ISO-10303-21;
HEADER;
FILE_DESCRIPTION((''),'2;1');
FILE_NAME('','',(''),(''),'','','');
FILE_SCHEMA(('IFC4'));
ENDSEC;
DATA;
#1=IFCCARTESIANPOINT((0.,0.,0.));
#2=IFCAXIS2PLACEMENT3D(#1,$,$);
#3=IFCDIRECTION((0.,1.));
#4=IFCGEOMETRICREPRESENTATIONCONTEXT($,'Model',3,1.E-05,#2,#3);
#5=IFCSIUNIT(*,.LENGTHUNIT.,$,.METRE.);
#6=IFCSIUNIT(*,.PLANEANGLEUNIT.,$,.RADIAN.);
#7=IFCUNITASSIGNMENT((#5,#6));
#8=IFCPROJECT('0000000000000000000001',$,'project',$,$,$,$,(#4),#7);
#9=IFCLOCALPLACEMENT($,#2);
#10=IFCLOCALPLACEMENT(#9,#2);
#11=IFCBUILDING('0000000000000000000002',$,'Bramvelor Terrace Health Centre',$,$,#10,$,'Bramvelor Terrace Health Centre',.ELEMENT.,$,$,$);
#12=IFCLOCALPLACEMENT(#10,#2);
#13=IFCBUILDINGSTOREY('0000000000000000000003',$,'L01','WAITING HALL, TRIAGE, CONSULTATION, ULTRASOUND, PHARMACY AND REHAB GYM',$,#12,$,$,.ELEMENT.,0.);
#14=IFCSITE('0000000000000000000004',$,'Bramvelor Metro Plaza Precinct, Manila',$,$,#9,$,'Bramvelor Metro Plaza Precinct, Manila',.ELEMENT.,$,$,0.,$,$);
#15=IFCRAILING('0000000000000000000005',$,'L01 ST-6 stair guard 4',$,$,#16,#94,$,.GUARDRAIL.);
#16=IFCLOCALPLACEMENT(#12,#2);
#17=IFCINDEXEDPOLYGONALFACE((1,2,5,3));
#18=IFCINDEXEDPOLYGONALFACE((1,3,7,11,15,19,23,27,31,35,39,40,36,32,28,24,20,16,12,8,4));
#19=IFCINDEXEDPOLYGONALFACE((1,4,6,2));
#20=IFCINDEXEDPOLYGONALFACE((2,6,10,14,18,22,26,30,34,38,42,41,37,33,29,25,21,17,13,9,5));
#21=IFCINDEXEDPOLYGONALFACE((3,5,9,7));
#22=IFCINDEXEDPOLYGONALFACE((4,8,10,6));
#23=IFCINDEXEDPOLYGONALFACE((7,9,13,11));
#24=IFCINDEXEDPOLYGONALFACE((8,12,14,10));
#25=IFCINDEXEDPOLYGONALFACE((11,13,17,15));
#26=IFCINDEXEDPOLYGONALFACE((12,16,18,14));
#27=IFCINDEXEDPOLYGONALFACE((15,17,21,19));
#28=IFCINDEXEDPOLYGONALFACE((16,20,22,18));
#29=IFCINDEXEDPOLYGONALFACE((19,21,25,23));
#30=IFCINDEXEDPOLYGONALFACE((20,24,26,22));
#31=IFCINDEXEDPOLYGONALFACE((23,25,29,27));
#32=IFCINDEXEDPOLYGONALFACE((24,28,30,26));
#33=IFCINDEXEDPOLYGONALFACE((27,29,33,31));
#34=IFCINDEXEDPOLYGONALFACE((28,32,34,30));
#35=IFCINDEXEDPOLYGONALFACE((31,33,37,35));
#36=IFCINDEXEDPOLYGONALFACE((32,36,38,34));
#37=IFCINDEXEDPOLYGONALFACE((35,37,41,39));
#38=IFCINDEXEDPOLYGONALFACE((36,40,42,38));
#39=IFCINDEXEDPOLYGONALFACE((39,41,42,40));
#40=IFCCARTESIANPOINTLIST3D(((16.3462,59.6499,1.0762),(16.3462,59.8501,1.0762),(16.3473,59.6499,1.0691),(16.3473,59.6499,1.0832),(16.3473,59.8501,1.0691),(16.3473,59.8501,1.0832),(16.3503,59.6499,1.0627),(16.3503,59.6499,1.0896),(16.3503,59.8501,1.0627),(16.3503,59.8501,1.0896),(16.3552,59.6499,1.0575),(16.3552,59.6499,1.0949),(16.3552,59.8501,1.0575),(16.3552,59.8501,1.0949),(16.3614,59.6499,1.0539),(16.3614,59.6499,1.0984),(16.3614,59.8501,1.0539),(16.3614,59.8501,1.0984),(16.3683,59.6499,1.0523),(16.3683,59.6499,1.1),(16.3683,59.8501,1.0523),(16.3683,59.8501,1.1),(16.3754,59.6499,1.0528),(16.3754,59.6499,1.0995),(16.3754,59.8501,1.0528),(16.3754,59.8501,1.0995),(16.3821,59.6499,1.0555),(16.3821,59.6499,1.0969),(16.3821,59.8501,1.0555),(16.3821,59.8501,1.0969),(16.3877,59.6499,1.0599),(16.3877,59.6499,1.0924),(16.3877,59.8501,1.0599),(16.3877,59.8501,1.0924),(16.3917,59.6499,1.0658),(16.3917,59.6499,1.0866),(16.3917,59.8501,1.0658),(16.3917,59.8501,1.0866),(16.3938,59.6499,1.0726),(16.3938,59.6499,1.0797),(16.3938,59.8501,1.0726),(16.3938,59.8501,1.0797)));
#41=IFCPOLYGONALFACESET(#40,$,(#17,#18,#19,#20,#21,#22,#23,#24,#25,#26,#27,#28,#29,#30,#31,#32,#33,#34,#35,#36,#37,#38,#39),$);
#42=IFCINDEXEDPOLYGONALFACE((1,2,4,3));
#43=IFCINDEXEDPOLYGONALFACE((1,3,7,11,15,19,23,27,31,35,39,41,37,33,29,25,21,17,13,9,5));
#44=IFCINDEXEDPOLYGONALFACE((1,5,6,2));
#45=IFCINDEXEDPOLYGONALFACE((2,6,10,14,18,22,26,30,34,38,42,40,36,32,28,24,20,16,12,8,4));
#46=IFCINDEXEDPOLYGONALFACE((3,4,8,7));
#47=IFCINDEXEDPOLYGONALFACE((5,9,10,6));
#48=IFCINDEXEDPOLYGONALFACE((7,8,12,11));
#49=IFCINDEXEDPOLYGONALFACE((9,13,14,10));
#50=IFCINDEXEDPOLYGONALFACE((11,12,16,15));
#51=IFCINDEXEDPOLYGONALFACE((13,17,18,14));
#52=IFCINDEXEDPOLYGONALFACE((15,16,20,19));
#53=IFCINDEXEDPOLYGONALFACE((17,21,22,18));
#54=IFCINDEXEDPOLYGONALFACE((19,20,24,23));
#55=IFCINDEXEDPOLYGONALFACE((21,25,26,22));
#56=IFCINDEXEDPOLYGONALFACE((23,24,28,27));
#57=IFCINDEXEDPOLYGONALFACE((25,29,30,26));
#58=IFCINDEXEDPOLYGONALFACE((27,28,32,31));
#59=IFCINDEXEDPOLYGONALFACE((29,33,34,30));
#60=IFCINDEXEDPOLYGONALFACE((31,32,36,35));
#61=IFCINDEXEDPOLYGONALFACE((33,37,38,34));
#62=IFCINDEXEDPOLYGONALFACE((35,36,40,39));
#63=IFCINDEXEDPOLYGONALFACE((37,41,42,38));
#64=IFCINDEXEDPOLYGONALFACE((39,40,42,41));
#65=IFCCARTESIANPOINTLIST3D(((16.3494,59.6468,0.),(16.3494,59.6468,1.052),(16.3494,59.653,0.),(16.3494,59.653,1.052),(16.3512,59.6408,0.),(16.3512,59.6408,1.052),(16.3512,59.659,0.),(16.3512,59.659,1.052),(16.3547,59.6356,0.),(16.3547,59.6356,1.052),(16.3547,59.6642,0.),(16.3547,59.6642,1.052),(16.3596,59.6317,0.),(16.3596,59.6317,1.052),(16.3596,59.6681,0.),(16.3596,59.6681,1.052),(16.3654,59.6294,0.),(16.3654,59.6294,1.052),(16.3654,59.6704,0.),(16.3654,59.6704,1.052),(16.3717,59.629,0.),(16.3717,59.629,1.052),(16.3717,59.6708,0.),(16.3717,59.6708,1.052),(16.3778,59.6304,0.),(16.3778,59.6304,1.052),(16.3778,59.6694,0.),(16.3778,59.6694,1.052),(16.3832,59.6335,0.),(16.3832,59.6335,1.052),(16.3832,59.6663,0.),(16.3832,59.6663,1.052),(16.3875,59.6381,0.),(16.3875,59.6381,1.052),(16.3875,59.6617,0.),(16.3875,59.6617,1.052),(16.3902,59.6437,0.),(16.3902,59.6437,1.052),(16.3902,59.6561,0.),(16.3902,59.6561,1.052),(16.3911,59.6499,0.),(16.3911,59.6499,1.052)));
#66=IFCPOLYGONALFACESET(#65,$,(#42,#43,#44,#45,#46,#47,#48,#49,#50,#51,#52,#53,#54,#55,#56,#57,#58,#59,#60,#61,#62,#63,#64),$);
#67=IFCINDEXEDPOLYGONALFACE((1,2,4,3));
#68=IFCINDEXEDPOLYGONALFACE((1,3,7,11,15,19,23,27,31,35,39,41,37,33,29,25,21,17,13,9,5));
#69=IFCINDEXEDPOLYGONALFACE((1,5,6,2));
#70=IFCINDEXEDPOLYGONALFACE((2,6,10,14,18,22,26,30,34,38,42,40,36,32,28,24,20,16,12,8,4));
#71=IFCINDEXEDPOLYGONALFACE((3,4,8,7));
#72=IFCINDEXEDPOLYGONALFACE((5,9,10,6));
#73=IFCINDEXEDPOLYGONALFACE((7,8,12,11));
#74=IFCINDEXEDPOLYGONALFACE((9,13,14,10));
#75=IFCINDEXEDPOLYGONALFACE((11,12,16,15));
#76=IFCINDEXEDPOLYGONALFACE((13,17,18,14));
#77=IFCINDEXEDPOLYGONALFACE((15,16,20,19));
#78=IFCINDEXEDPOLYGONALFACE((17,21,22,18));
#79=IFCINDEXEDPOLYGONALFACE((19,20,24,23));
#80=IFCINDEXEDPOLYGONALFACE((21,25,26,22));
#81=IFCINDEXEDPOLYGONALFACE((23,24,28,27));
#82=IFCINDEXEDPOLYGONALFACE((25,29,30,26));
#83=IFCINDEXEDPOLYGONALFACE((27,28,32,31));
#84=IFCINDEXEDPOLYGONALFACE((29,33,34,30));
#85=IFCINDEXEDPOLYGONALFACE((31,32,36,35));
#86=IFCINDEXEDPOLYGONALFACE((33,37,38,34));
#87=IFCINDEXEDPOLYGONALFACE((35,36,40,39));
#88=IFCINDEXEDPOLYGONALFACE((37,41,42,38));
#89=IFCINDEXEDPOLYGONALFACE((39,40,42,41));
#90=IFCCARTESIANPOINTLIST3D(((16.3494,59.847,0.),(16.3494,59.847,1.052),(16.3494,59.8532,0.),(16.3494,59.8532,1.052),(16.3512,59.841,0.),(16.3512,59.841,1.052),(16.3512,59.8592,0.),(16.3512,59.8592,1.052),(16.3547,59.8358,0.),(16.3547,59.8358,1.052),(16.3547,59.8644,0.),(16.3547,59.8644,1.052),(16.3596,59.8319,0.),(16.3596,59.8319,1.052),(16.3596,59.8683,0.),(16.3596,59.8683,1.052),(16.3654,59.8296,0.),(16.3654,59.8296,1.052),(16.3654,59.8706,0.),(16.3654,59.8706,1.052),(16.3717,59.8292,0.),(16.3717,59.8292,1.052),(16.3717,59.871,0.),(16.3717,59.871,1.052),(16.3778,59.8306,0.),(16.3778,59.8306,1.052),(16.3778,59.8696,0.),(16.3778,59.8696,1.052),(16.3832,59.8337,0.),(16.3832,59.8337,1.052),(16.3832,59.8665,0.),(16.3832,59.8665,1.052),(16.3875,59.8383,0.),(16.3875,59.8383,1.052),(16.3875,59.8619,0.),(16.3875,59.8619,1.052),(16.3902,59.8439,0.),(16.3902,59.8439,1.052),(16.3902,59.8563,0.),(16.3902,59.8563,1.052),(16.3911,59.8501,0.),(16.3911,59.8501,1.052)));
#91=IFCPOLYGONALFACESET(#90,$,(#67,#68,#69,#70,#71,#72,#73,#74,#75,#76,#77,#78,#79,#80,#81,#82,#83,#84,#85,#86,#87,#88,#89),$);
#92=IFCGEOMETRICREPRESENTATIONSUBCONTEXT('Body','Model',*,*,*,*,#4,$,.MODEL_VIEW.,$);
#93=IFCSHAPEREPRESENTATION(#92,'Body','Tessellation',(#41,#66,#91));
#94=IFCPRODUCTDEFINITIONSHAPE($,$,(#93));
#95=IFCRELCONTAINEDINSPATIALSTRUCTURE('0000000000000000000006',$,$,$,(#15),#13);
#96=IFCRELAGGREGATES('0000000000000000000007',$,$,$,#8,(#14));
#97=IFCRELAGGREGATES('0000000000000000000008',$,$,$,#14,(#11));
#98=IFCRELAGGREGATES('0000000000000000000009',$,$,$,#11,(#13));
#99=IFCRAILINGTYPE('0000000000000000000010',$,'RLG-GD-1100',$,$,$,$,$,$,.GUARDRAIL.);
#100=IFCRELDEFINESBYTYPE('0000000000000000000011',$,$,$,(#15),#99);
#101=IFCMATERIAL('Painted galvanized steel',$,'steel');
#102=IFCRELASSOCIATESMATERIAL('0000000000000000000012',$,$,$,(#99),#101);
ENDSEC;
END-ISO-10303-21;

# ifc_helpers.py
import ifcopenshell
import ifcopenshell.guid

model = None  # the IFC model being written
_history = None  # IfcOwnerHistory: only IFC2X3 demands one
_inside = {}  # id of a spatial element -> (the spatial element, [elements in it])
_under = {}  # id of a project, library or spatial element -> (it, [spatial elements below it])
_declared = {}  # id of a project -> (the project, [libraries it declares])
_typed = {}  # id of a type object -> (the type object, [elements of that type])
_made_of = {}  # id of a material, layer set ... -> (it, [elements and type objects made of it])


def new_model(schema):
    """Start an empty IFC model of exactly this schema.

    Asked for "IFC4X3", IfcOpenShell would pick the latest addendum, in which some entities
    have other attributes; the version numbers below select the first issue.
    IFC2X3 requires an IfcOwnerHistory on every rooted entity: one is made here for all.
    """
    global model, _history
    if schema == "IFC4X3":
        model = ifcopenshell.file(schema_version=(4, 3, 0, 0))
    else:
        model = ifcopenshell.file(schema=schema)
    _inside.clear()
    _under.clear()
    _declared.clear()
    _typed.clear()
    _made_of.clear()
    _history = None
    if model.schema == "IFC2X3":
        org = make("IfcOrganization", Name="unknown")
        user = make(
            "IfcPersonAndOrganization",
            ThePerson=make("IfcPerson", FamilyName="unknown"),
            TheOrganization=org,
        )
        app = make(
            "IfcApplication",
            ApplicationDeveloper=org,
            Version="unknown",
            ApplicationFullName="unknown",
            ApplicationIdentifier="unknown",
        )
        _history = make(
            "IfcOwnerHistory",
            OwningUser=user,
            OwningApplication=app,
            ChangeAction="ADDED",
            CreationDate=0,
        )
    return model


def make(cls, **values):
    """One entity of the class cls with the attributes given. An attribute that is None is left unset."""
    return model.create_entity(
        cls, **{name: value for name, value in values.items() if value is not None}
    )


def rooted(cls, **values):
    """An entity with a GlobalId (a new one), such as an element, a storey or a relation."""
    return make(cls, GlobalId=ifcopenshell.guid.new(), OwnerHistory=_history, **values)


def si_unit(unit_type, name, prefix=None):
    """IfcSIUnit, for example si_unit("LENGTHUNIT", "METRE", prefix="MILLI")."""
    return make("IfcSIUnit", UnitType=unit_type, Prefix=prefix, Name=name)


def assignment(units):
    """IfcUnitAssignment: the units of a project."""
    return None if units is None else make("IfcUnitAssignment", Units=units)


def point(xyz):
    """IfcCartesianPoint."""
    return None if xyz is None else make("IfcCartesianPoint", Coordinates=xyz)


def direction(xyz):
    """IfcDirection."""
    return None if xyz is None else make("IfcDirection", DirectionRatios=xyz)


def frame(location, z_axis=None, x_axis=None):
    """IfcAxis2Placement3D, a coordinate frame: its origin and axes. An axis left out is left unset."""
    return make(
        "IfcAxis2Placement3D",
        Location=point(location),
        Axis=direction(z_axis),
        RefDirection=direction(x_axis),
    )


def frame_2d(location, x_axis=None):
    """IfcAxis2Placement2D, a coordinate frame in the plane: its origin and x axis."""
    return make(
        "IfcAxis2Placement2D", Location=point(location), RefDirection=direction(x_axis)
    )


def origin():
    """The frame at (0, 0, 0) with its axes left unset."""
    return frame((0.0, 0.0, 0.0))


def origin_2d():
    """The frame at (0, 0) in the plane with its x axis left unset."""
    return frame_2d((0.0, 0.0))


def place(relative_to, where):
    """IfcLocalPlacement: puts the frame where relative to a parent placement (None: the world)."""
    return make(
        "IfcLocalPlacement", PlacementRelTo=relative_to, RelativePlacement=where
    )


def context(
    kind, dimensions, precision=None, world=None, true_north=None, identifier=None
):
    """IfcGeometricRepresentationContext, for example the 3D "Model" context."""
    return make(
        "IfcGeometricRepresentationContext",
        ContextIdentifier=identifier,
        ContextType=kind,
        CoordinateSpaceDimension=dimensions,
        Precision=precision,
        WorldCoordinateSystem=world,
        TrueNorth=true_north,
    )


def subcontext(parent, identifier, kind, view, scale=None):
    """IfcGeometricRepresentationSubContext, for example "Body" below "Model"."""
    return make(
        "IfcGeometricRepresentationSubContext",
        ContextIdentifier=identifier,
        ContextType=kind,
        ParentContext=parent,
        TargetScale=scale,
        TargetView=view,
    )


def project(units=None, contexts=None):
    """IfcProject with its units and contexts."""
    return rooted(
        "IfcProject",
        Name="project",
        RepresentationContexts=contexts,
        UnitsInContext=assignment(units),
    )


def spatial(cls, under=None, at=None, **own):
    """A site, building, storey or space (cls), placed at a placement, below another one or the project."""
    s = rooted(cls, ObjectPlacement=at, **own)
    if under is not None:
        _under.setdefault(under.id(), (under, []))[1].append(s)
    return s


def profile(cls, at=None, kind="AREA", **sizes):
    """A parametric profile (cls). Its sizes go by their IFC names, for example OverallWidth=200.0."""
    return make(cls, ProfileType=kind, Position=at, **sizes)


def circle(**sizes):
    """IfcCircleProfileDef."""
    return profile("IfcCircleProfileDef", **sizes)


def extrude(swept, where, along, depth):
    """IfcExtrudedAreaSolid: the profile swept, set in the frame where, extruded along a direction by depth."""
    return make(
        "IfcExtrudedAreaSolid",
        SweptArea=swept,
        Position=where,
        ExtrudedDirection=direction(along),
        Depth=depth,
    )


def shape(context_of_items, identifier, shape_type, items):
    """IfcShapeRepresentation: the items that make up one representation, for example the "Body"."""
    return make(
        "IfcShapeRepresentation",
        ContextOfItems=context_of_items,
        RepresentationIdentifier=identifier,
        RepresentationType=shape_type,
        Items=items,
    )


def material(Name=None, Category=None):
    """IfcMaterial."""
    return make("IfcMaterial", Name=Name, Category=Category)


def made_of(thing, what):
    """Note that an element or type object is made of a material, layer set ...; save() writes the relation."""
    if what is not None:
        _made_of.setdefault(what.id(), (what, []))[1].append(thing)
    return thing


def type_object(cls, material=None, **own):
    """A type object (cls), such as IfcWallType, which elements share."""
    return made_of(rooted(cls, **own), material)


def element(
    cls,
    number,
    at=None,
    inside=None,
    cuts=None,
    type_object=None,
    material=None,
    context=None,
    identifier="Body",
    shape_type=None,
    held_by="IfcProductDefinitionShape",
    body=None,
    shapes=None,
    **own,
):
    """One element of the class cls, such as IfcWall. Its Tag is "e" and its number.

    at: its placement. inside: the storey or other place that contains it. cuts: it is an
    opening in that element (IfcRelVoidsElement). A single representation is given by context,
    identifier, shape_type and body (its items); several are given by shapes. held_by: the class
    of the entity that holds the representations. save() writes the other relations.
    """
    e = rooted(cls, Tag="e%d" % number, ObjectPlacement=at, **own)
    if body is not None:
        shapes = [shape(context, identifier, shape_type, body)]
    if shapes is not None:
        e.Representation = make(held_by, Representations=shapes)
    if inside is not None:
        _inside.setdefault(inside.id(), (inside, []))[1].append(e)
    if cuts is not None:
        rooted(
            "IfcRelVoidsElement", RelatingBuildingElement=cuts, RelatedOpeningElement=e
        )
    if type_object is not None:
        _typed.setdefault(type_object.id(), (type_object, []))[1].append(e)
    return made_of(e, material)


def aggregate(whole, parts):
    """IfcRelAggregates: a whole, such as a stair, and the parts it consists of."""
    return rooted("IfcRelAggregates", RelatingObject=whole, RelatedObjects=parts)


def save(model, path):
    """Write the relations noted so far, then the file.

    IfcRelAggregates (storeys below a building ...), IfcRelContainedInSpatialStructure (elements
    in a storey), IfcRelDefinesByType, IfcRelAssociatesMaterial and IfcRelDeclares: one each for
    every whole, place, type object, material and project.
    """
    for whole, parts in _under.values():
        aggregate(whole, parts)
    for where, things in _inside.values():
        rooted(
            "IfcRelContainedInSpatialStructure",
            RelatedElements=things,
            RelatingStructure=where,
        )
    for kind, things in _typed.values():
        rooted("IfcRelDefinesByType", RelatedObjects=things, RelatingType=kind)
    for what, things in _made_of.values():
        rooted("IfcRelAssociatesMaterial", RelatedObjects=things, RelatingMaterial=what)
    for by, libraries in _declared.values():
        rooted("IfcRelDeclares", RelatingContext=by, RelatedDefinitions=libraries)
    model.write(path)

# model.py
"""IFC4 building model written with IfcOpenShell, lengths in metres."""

from ifc_helpers import new_model, si_unit, direction, frame, origin, origin_2d, place, context, subcontext, project, spatial, circle, extrude, material, type_object, element, save


model = new_model("IFC4")

# Units and contexts
model_context = context("Model", 3, precision=1e-05, world=origin(), true_north=direction((0.0, 1.0)))
body_context = subcontext(model_context, "Body", "Model", "MODEL_VIEW")
ifc_project = project(units=[si_unit("LENGTHUNIT", "METRE"), si_unit("PLANEANGLEUNIT", "RADIAN")], contexts=[model_context])

# Site, building, storey
site_placement = place(None, origin())
site = spatial("IfcSite", under=ifc_project, at=site_placement, Name="Bramvelor Metro Plaza Precinct, Manila", LongName="Bramvelor Metro Plaza Precinct, Manila", CompositionType="ELEMENT", RefElevation=0.0)
building_placement = place(site_placement, origin())
building = spatial("IfcBuilding", under=site, at=building_placement, Name="Bramvelor Terrace Health Centre", LongName="Bramvelor Terrace Health Centre", CompositionType="ELEMENT")
storey_placement = place(building_placement, origin())
storey = spatial("IfcBuildingStorey", under=building, at=storey_placement, Name="L01", Description="WAITING HALL, TRIAGE, CONSULTATION, ULTRASOUND, PHARMACY AND REHAB GYM", CompositionType="ELEMENT", Elevation=0.0)

# Railing
ifc_material_1 = material(Name="Painted galvanized steel", Category="steel")
railing_type_1 = type_object("IfcRailingType", Name="RLG-GD-1100", PredefinedType="GUARDRAIL", material=ifc_material_1)
railing_1_placement = place(storey_placement, frame((16.3701, 59.6499, 0.0)))
element("IfcRailing", 1, at=railing_1_placement, inside=storey, type_object=railing_type_1, Name="L01 ST-6 stair guard 4", PredefinedType="GUARDRAIL", context=body_context, shape_type="SweptSolid", body=[
    extrude(circle(Radius=0.0239, at=origin_2d()), frame((0.0, 0.0, 1.0762), z_axis=(0.0, 1.0, 0.0), x_axis=(-1.0, 0.0, 0.0)), (0.0, 0.0, 1.0), 0.2002),
    extrude(circle(Radius=0.021, at=origin_2d()), origin(), (0.0, 0.0, 1.0), 1.052),
    extrude(circle(Radius=0.021, at=origin_2d()), frame((0.0, 0.2002, 0.0)), (0.0, 0.0, 1.0), 1.052),
])

save(model, "model.ifc")
